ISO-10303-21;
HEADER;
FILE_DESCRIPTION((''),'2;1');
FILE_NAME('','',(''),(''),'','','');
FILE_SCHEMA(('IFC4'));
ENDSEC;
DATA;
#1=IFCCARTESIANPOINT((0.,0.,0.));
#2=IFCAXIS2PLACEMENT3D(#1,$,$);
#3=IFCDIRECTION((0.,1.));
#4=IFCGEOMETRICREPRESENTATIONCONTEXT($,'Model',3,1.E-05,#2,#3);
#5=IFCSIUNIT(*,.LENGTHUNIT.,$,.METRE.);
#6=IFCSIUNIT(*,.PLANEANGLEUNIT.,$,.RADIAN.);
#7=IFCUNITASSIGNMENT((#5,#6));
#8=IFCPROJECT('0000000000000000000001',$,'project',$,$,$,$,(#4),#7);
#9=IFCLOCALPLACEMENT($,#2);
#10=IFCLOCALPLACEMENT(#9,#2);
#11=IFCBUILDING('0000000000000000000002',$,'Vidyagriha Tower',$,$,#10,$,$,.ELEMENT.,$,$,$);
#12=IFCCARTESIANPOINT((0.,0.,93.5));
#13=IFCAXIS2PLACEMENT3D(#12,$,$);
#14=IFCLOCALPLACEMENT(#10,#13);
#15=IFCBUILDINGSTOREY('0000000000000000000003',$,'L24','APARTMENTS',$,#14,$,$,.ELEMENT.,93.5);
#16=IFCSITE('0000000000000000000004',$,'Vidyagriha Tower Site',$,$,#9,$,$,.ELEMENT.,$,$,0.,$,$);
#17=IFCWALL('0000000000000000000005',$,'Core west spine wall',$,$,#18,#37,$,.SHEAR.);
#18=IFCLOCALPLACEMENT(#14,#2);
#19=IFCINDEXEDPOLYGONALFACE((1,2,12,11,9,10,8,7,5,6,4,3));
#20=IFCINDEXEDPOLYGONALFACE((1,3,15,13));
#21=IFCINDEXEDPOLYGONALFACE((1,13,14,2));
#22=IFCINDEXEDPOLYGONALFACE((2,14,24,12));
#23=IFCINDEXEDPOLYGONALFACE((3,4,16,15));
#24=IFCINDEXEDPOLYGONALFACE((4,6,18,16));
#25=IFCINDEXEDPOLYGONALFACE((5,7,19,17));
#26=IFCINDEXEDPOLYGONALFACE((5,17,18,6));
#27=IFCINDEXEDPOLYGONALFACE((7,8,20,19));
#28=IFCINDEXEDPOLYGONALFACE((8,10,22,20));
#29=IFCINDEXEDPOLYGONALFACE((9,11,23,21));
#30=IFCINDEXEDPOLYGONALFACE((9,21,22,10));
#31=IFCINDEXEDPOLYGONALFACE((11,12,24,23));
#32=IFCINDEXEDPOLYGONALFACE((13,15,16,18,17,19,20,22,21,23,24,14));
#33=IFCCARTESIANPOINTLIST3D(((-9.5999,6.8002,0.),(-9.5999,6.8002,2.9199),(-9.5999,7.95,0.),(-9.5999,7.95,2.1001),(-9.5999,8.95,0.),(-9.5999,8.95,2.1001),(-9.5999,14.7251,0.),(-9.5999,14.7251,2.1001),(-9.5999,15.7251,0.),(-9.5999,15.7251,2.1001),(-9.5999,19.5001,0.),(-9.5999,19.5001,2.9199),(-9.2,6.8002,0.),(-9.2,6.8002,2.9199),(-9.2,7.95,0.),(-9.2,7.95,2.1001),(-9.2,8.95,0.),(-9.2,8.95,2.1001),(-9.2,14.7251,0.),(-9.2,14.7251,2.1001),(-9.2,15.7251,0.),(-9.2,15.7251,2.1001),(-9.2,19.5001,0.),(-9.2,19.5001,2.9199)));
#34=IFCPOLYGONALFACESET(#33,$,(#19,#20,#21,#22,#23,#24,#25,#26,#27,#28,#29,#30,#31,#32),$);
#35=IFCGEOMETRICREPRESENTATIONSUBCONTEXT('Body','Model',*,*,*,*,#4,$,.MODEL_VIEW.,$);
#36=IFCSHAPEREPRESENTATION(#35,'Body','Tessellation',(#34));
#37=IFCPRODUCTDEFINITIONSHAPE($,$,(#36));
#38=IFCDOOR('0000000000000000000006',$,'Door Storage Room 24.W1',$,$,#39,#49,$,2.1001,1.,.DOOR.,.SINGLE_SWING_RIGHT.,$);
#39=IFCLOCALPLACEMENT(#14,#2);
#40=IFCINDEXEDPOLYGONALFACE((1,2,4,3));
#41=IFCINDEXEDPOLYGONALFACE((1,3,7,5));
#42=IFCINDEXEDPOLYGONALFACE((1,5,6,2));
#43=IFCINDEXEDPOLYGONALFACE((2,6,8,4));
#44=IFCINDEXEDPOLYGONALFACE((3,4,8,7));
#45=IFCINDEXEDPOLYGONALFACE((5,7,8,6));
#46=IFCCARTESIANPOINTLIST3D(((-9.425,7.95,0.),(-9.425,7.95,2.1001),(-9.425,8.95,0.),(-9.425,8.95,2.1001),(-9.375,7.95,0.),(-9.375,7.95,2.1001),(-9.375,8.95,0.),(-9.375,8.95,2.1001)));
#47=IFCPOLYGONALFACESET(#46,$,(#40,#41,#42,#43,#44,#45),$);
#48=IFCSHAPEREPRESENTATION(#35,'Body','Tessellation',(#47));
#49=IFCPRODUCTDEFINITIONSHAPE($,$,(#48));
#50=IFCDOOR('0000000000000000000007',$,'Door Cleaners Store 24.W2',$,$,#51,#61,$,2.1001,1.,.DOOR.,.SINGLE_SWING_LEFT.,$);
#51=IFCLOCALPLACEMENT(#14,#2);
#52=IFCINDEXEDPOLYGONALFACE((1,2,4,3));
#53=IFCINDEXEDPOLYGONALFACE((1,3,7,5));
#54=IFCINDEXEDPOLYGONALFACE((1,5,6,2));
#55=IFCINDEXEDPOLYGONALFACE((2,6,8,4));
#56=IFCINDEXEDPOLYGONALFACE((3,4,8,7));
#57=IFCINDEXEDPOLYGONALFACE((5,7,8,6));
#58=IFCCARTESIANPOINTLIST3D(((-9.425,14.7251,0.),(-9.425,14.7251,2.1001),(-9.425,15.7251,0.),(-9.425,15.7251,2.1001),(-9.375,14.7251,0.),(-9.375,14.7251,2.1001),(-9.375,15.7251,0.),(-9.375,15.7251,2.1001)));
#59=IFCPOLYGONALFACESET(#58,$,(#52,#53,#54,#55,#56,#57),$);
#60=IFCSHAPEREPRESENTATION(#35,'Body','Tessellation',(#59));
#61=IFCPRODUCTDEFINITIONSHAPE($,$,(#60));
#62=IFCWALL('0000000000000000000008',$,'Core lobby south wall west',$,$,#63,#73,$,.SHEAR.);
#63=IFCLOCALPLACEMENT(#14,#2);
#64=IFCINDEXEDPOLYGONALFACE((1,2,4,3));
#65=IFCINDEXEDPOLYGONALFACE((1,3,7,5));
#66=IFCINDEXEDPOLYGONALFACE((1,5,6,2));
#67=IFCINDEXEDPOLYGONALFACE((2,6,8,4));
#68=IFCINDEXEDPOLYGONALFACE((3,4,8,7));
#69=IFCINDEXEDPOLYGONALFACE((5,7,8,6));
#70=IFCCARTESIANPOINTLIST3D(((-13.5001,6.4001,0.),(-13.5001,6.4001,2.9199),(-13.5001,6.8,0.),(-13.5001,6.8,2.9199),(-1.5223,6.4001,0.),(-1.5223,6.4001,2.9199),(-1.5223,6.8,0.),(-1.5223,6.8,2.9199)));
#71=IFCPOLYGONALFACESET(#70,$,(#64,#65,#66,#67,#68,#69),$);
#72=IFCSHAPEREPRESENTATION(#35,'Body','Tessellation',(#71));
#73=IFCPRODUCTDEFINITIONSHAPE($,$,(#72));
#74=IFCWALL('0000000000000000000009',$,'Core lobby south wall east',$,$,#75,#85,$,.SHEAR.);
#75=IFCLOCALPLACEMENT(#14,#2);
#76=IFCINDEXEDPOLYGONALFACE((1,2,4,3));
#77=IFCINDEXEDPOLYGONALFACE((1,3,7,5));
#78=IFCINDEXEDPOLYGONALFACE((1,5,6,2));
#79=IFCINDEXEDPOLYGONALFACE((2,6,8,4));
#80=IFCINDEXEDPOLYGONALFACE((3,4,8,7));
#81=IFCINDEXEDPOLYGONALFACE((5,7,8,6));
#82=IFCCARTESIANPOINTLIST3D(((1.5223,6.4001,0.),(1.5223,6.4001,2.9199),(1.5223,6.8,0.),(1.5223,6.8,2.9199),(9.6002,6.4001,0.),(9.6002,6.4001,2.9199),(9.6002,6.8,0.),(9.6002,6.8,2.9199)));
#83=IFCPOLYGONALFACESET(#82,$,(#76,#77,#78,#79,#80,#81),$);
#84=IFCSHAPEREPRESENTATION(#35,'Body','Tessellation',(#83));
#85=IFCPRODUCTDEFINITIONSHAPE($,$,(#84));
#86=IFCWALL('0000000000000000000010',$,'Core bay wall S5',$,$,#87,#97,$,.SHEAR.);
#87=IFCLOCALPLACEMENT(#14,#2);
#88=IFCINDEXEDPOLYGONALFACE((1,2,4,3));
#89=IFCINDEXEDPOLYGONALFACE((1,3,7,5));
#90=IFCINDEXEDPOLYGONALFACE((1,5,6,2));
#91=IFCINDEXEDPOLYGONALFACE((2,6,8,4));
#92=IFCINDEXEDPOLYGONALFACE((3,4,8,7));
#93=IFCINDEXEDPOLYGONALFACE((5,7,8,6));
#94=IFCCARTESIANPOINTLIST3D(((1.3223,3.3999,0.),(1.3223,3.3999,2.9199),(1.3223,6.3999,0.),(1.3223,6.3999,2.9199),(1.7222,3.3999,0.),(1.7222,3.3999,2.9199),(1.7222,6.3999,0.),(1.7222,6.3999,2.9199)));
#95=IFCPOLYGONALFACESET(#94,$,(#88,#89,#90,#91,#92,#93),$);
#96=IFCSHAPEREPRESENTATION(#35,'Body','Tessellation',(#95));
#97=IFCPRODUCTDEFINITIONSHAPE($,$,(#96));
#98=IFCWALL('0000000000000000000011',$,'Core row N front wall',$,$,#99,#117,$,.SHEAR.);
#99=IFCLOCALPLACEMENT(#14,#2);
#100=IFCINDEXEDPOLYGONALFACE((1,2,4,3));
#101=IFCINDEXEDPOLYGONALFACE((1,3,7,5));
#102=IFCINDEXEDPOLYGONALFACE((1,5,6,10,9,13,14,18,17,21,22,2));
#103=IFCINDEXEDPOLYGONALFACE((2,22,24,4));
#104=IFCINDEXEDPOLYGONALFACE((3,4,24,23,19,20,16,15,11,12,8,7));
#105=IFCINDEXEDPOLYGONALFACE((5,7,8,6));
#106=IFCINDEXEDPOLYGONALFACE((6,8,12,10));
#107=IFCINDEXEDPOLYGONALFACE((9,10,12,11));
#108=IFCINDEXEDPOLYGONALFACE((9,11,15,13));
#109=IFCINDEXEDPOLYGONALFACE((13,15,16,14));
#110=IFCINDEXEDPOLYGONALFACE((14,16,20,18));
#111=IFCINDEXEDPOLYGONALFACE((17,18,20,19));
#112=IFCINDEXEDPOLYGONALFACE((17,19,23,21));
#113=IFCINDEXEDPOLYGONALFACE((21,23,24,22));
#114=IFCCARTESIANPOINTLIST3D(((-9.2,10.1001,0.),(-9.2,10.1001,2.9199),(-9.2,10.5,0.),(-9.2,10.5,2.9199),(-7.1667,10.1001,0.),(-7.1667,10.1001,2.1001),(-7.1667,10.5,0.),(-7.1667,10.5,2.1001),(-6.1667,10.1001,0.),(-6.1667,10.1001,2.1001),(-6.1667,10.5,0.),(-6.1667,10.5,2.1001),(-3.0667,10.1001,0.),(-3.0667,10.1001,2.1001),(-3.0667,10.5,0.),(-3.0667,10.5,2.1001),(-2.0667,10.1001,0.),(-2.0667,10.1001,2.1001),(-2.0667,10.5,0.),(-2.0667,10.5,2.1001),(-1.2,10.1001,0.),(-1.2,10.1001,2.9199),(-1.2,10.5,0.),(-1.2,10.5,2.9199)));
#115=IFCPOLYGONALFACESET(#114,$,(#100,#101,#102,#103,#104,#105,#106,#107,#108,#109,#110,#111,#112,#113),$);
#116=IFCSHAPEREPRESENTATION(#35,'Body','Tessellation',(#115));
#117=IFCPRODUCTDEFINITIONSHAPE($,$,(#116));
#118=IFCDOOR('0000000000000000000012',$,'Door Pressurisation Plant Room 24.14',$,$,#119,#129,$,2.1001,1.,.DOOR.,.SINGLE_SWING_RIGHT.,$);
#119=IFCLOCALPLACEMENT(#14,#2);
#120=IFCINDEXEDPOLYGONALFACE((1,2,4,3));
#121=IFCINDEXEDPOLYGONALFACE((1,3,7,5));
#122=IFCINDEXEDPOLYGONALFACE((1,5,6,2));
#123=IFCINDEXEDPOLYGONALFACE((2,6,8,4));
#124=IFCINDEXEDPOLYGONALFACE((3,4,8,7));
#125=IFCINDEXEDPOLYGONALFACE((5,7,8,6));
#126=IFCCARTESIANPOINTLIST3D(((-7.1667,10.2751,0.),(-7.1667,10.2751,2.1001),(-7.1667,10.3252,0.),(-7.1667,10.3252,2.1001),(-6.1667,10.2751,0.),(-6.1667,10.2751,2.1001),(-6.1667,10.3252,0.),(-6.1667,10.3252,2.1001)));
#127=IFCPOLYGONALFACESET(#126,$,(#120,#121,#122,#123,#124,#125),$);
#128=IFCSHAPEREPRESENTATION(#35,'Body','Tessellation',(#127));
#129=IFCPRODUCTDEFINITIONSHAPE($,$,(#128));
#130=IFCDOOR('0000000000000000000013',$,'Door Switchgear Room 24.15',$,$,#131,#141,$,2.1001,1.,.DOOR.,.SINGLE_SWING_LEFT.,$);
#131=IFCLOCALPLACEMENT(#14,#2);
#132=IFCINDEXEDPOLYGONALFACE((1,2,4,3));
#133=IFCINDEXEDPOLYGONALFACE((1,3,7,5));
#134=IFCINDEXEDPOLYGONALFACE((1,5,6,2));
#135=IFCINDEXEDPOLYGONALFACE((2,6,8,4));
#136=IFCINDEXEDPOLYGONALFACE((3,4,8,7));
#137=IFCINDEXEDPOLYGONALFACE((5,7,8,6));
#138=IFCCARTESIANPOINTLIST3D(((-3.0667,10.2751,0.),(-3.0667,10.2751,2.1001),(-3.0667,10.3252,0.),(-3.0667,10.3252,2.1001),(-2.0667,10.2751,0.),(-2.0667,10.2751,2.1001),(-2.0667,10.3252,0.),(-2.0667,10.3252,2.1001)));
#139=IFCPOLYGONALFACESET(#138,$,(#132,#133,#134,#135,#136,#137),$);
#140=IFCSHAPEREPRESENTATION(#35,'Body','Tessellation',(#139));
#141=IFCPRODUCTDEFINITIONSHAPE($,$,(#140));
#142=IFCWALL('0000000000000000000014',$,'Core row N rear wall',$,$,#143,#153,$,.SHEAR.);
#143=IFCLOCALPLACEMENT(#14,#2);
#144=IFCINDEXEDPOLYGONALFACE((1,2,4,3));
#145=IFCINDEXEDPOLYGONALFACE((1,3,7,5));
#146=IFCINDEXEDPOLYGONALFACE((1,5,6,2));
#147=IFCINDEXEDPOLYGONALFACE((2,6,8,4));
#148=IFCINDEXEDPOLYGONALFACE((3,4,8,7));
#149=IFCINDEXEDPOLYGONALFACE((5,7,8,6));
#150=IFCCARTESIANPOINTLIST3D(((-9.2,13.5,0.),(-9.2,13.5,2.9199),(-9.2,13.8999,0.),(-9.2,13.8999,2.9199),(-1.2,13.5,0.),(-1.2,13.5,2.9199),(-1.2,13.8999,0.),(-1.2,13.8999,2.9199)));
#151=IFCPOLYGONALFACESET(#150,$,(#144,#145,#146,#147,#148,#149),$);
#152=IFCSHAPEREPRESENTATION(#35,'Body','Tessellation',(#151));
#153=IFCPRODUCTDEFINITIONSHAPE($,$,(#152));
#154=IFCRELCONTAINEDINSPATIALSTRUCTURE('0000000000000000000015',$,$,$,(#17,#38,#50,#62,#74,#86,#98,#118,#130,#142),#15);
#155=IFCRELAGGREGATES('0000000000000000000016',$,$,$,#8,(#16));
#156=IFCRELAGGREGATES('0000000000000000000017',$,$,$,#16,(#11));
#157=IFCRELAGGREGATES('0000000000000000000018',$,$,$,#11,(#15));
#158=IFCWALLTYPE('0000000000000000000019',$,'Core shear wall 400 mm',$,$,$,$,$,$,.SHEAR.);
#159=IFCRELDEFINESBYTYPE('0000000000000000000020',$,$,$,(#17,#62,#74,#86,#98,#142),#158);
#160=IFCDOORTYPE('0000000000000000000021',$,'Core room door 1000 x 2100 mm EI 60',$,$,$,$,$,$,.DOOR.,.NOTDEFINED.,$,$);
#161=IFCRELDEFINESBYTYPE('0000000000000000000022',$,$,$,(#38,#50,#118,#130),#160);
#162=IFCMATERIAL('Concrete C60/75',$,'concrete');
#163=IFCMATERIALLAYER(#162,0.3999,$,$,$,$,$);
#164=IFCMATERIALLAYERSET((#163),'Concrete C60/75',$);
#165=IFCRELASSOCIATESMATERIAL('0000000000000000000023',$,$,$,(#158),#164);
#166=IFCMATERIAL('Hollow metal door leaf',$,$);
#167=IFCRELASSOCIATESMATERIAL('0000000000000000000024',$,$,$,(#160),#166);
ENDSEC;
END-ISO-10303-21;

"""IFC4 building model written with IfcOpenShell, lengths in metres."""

from ifc_helpers import new_model, si_unit, direction, frame, frame_2d, origin, place, context, subcontext, project, spatial, rectangle, extrude, material, layer, layer_set, type_object, element, fill, save


model = new_model("IFC4")

# Units and contexts
model_context = context("Model", 3, precision=1e-05, world=origin(), true_north=direction((0.0, 1.0)))
body_context = subcontext(model_context, "Body", "Model", "MODEL_VIEW")
ifc_project = project(units=[si_unit("LENGTHUNIT", "METRE"), si_unit("PLANEANGLEUNIT", "RADIAN")], contexts=[model_context])

# Site, building, storey
site_placement = place(None, origin())
site = spatial("IfcSite", under=ifc_project, at=site_placement, Name="Vidyagriha Tower Site", CompositionType="ELEMENT", RefElevation=0.0)
building_placement = place(site_placement, origin())
building = spatial("IfcBuilding", under=site, at=building_placement, Name="Vidyagriha Tower", CompositionType="ELEMENT")
storey_placement = place(building_placement, frame((0.0, 0.0, 93.5)))
storey = spatial("IfcBuildingStorey", under=building, at=storey_placement, Name="L24", Description="APARTMENTS", CompositionType="ELEMENT", Elevation=93.5)

# Wall, openings, doors
ifc_material_1 = material(Name="Concrete C60/75", Category="concrete")
ifc_layer_1 = layer(ifc_material_1, 0.3999)
ifc_layer_set_1 = layer_set([ifc_layer_1], Name="Concrete C60/75")
wall_type_1 = type_object("IfcWallType", Name="Core shear wall 400 mm", PredefinedType="SHEAR", material=ifc_layer_set_1)
wall_1_placement = place(storey_placement, frame((-9.3999, 6.8, 0.0), z_axis=(0.0, 0.0, 1.0), x_axis=(0.0, 1.0, 0.0)))
wall_1 = element("IfcWall", 1, at=wall_1_placement, inside=storey, type_object=wall_type_1, Name="Core west spine wall", PredefinedType="SHEAR", context=body_context, shape_type="SweptSolid", body=[
    extrude(rectangle(XDim=12.7, YDim=0.3999, at=frame_2d((6.3501, 0.0))), origin(), (0.0, 0.0, 1.0), 2.9199),
])
opening_1_placement = place(wall_1_placement, frame((1.1499, 0.0, 0.0)))
opening_1 = element("IfcOpeningElement", 2, at=opening_1_placement, cuts=wall_1, PredefinedType="OPENING", context=body_context, shape_type="SweptSolid", body=[
    extrude(rectangle(XDim=1.0, YDim=2.1001, at=frame_2d((0.5, 1.05))), frame((0.0, 0.21, 0.0), z_axis=(0.0, -1.0, 0.0), x_axis=(1.0, 0.0, 0.0)), (0.0, 0.0, 1.0), 0.4199),
])
opening_2_placement = place(wall_1_placement, frame((7.925, 0.0, 0.0)))
opening_2 = element("IfcOpeningElement", 3, at=opening_2_placement, cuts=wall_1, PredefinedType="OPENING", context=body_context, shape_type="SweptSolid", body=[
    extrude(rectangle(XDim=1.0, YDim=2.1001, at=frame_2d((0.5, 1.05))), frame((0.0, 0.21, 0.0), z_axis=(0.0, -1.0, 0.0), x_axis=(1.0, 0.0, 0.0)), (0.0, 0.0, 1.0), 0.4199),
])
ifc_material_2 = material(Name="Hollow metal door leaf")
door_type_1 = type_object("IfcDoorType", Name="Core room door 1000 x 2100 mm EI 60", OperationType="NOTDEFINED", PredefinedType="DOOR", material=ifc_material_2)
door_1_placement = place(opening_1_placement, frame((1.0, 0.0, 0.0), z_axis=(0.0, 0.0, 1.0), x_axis=(-1.0, 0.0, 0.0)))
door_1 = element("IfcDoor", 4, at=door_1_placement, inside=storey, type_object=door_type_1, Name="Door Storage Room 24.W1", OperationType="SINGLE_SWING_RIGHT", OverallHeight=2.1001, OverallWidth=1.0, PredefinedType="DOOR", context=body_context, shape_type="SweptSolid", body=[
    extrude(rectangle(XDim=1.0, YDim=2.1001, at=frame_2d((0.5, 1.05))), frame((0.0, 0.0249, 0.0), z_axis=(0.0, -1.0, 0.0), x_axis=(1.0, 0.0, 0.0)), (0.0, 0.0, 1.0), 0.05),
])
fill(opening_1, door_1)
door_2_placement = place(opening_2_placement, frame((1.0, 0.0, 0.0), z_axis=(0.0, 0.0, 1.0), x_axis=(-1.0, 0.0, 0.0)))
door_2 = element("IfcDoor", 5, at=door_2_placement, inside=storey, type_object=door_type_1, Name="Door Cleaners Store 24.W2", OperationType="SINGLE_SWING_LEFT", OverallHeight=2.1001, OverallWidth=1.0, PredefinedType="DOOR", context=body_context, shape_type="SweptSolid", body=[
    extrude(rectangle(XDim=1.0, YDim=2.1001, at=frame_2d((0.5, 1.05))), frame((0.0, 0.0249, 0.0), z_axis=(0.0, -1.0, 0.0), x_axis=(1.0, 0.0, 0.0)), (0.0, 0.0, 1.0), 0.05),
])
fill(opening_2, door_2)

# Walls
wall_2_placement = place(storey_placement, frame((-13.5, 6.6001, 0.0)))
element("IfcWall", 6, at=wall_2_placement, inside=storey, type_object=wall_type_1, Name="Core lobby south wall west", PredefinedType="SHEAR", context=body_context, shape_type="SweptSolid", body=[
    extrude(rectangle(XDim=11.9778, YDim=0.3999, at=frame_2d((5.9888, 0.0))), origin(), (0.0, 0.0, 1.0), 2.9199),
])
wall_3_placement = place(storey_placement, frame((1.5222, 6.6001, 0.0)))
element("IfcWall", 7, at=wall_3_placement, inside=storey, type_object=wall_type_1, Name="Core lobby south wall east", PredefinedType="SHEAR", context=body_context, shape_type="SweptSolid", body=[
    extrude(rectangle(XDim=8.0779, YDim=0.3999, at=frame_2d((4.0391, 0.0))), origin(), (0.0, 0.0, 1.0), 2.9199),
])
wall_4_placement = place(storey_placement, frame((1.5222, 3.3999, 0.0), z_axis=(0.0, 0.0, 1.0), x_axis=(0.0, 1.0, 0.0)))
element("IfcWall", 8, at=wall_4_placement, inside=storey, type_object=wall_type_1, Name="Core bay wall S5", PredefinedType="SHEAR", context=body_context, shape_type="SweptSolid", body=[
    extrude(rectangle(XDim=3.0, YDim=0.3999, at=frame_2d((1.5, 0.0))), origin(), (0.0, 0.0, 1.0), 2.9199),
])

# Wall, openings, doors
wall_5_placement = place(storey_placement, frame((-9.2, 10.3, 0.0)))
wall_5 = element("IfcWall", 9, at=wall_5_placement, inside=storey, type_object=wall_type_1, Name="Core row N front wall", PredefinedType="SHEAR", context=body_context, shape_type="SweptSolid", body=[
    extrude(rectangle(XDim=8.0, YDim=0.3999, at=frame_2d((4.0, 0.0))), origin(), (0.0, 0.0, 1.0), 2.9199),
])
opening_3_placement = place(wall_5_placement, frame((2.0332, 0.0, 0.0)))
opening_3 = element("IfcOpeningElement", 10, at=opening_3_placement, cuts=wall_5, PredefinedType="OPENING", context=body_context, shape_type="SweptSolid", body=[
    extrude(rectangle(XDim=1.0, YDim=2.1001, at=frame_2d((0.5, 1.05))), frame((0.0, 0.21, 0.0), z_axis=(0.0, -1.0, 0.0), x_axis=(1.0, 0.0, 0.0)), (0.0, 0.0, 1.0), 0.4199),
])
opening_4_placement = place(wall_5_placement, frame((6.1333, 0.0, 0.0)))
opening_4 = element("IfcOpeningElement", 11, at=opening_4_placement, cuts=wall_5, PredefinedType="OPENING", context=body_context, shape_type="SweptSolid", body=[
    extrude(rectangle(XDim=1.0, YDim=2.1001, at=frame_2d((0.5, 1.05))), frame((0.0, 0.21, 0.0), z_axis=(0.0, -1.0, 0.0), x_axis=(1.0, 0.0, 0.0)), (0.0, 0.0, 1.0), 0.4199),
])
door_3_placement = place(opening_3_placement, frame((1.0, 0.0, 0.0), z_axis=(0.0, 0.0, 1.0), x_axis=(-1.0, 0.0, 0.0)))
door_3 = element("IfcDoor", 12, at=door_3_placement, inside=storey, type_object=door_type_1, Name="Door Pressurisation Plant Room 24.14", OperationType="SINGLE_SWING_RIGHT", OverallHeight=2.1001, OverallWidth=1.0, PredefinedType="DOOR", context=body_context, shape_type="SweptSolid", body=[
    extrude(rectangle(XDim=1.0, YDim=2.1001, at=frame_2d((0.5, 1.05))), frame((0.0, 0.0249, 0.0), z_axis=(0.0, -1.0, 0.0), x_axis=(1.0, 0.0, 0.0)), (0.0, 0.0, 1.0), 0.05),
])
fill(opening_3, door_3)
door_4_placement = place(opening_4_placement, frame((1.0, 0.0, 0.0), z_axis=(0.0, 0.0, 1.0), x_axis=(-1.0, 0.0, 0.0)))
door_4 = element("IfcDoor", 13, at=door_4_placement, inside=storey, type_object=door_type_1, Name="Door Switchgear Room 24.15", OperationType="SINGLE_SWING_LEFT", OverallHeight=2.1001, OverallWidth=1.0, PredefinedType="DOOR", context=body_context, shape_type="SweptSolid", body=[
    extrude(rectangle(XDim=1.0, YDim=2.1001, at=frame_2d((0.5, 1.05))), frame((0.0, 0.0249, 0.0), z_axis=(0.0, -1.0, 0.0), x_axis=(1.0, 0.0, 0.0)), (0.0, 0.0, 1.0), 0.05),
])
fill(opening_4, door_4)

# Wall
wall_6_placement = place(storey_placement, frame((-9.2, 13.7, 0.0)))
element("IfcWall", 14, at=wall_6_placement, inside=storey, type_object=wall_type_1, Name="Core row N rear wall", PredefinedType="SHEAR", context=body_context, shape_type="SweptSolid", body=[
    extrude(rectangle(XDim=8.0, YDim=0.3999, at=frame_2d((4.0, 0.0))), origin(), (0.0, 0.0, 1.0), 2.9199),
])

save(model, "model.ifc")
